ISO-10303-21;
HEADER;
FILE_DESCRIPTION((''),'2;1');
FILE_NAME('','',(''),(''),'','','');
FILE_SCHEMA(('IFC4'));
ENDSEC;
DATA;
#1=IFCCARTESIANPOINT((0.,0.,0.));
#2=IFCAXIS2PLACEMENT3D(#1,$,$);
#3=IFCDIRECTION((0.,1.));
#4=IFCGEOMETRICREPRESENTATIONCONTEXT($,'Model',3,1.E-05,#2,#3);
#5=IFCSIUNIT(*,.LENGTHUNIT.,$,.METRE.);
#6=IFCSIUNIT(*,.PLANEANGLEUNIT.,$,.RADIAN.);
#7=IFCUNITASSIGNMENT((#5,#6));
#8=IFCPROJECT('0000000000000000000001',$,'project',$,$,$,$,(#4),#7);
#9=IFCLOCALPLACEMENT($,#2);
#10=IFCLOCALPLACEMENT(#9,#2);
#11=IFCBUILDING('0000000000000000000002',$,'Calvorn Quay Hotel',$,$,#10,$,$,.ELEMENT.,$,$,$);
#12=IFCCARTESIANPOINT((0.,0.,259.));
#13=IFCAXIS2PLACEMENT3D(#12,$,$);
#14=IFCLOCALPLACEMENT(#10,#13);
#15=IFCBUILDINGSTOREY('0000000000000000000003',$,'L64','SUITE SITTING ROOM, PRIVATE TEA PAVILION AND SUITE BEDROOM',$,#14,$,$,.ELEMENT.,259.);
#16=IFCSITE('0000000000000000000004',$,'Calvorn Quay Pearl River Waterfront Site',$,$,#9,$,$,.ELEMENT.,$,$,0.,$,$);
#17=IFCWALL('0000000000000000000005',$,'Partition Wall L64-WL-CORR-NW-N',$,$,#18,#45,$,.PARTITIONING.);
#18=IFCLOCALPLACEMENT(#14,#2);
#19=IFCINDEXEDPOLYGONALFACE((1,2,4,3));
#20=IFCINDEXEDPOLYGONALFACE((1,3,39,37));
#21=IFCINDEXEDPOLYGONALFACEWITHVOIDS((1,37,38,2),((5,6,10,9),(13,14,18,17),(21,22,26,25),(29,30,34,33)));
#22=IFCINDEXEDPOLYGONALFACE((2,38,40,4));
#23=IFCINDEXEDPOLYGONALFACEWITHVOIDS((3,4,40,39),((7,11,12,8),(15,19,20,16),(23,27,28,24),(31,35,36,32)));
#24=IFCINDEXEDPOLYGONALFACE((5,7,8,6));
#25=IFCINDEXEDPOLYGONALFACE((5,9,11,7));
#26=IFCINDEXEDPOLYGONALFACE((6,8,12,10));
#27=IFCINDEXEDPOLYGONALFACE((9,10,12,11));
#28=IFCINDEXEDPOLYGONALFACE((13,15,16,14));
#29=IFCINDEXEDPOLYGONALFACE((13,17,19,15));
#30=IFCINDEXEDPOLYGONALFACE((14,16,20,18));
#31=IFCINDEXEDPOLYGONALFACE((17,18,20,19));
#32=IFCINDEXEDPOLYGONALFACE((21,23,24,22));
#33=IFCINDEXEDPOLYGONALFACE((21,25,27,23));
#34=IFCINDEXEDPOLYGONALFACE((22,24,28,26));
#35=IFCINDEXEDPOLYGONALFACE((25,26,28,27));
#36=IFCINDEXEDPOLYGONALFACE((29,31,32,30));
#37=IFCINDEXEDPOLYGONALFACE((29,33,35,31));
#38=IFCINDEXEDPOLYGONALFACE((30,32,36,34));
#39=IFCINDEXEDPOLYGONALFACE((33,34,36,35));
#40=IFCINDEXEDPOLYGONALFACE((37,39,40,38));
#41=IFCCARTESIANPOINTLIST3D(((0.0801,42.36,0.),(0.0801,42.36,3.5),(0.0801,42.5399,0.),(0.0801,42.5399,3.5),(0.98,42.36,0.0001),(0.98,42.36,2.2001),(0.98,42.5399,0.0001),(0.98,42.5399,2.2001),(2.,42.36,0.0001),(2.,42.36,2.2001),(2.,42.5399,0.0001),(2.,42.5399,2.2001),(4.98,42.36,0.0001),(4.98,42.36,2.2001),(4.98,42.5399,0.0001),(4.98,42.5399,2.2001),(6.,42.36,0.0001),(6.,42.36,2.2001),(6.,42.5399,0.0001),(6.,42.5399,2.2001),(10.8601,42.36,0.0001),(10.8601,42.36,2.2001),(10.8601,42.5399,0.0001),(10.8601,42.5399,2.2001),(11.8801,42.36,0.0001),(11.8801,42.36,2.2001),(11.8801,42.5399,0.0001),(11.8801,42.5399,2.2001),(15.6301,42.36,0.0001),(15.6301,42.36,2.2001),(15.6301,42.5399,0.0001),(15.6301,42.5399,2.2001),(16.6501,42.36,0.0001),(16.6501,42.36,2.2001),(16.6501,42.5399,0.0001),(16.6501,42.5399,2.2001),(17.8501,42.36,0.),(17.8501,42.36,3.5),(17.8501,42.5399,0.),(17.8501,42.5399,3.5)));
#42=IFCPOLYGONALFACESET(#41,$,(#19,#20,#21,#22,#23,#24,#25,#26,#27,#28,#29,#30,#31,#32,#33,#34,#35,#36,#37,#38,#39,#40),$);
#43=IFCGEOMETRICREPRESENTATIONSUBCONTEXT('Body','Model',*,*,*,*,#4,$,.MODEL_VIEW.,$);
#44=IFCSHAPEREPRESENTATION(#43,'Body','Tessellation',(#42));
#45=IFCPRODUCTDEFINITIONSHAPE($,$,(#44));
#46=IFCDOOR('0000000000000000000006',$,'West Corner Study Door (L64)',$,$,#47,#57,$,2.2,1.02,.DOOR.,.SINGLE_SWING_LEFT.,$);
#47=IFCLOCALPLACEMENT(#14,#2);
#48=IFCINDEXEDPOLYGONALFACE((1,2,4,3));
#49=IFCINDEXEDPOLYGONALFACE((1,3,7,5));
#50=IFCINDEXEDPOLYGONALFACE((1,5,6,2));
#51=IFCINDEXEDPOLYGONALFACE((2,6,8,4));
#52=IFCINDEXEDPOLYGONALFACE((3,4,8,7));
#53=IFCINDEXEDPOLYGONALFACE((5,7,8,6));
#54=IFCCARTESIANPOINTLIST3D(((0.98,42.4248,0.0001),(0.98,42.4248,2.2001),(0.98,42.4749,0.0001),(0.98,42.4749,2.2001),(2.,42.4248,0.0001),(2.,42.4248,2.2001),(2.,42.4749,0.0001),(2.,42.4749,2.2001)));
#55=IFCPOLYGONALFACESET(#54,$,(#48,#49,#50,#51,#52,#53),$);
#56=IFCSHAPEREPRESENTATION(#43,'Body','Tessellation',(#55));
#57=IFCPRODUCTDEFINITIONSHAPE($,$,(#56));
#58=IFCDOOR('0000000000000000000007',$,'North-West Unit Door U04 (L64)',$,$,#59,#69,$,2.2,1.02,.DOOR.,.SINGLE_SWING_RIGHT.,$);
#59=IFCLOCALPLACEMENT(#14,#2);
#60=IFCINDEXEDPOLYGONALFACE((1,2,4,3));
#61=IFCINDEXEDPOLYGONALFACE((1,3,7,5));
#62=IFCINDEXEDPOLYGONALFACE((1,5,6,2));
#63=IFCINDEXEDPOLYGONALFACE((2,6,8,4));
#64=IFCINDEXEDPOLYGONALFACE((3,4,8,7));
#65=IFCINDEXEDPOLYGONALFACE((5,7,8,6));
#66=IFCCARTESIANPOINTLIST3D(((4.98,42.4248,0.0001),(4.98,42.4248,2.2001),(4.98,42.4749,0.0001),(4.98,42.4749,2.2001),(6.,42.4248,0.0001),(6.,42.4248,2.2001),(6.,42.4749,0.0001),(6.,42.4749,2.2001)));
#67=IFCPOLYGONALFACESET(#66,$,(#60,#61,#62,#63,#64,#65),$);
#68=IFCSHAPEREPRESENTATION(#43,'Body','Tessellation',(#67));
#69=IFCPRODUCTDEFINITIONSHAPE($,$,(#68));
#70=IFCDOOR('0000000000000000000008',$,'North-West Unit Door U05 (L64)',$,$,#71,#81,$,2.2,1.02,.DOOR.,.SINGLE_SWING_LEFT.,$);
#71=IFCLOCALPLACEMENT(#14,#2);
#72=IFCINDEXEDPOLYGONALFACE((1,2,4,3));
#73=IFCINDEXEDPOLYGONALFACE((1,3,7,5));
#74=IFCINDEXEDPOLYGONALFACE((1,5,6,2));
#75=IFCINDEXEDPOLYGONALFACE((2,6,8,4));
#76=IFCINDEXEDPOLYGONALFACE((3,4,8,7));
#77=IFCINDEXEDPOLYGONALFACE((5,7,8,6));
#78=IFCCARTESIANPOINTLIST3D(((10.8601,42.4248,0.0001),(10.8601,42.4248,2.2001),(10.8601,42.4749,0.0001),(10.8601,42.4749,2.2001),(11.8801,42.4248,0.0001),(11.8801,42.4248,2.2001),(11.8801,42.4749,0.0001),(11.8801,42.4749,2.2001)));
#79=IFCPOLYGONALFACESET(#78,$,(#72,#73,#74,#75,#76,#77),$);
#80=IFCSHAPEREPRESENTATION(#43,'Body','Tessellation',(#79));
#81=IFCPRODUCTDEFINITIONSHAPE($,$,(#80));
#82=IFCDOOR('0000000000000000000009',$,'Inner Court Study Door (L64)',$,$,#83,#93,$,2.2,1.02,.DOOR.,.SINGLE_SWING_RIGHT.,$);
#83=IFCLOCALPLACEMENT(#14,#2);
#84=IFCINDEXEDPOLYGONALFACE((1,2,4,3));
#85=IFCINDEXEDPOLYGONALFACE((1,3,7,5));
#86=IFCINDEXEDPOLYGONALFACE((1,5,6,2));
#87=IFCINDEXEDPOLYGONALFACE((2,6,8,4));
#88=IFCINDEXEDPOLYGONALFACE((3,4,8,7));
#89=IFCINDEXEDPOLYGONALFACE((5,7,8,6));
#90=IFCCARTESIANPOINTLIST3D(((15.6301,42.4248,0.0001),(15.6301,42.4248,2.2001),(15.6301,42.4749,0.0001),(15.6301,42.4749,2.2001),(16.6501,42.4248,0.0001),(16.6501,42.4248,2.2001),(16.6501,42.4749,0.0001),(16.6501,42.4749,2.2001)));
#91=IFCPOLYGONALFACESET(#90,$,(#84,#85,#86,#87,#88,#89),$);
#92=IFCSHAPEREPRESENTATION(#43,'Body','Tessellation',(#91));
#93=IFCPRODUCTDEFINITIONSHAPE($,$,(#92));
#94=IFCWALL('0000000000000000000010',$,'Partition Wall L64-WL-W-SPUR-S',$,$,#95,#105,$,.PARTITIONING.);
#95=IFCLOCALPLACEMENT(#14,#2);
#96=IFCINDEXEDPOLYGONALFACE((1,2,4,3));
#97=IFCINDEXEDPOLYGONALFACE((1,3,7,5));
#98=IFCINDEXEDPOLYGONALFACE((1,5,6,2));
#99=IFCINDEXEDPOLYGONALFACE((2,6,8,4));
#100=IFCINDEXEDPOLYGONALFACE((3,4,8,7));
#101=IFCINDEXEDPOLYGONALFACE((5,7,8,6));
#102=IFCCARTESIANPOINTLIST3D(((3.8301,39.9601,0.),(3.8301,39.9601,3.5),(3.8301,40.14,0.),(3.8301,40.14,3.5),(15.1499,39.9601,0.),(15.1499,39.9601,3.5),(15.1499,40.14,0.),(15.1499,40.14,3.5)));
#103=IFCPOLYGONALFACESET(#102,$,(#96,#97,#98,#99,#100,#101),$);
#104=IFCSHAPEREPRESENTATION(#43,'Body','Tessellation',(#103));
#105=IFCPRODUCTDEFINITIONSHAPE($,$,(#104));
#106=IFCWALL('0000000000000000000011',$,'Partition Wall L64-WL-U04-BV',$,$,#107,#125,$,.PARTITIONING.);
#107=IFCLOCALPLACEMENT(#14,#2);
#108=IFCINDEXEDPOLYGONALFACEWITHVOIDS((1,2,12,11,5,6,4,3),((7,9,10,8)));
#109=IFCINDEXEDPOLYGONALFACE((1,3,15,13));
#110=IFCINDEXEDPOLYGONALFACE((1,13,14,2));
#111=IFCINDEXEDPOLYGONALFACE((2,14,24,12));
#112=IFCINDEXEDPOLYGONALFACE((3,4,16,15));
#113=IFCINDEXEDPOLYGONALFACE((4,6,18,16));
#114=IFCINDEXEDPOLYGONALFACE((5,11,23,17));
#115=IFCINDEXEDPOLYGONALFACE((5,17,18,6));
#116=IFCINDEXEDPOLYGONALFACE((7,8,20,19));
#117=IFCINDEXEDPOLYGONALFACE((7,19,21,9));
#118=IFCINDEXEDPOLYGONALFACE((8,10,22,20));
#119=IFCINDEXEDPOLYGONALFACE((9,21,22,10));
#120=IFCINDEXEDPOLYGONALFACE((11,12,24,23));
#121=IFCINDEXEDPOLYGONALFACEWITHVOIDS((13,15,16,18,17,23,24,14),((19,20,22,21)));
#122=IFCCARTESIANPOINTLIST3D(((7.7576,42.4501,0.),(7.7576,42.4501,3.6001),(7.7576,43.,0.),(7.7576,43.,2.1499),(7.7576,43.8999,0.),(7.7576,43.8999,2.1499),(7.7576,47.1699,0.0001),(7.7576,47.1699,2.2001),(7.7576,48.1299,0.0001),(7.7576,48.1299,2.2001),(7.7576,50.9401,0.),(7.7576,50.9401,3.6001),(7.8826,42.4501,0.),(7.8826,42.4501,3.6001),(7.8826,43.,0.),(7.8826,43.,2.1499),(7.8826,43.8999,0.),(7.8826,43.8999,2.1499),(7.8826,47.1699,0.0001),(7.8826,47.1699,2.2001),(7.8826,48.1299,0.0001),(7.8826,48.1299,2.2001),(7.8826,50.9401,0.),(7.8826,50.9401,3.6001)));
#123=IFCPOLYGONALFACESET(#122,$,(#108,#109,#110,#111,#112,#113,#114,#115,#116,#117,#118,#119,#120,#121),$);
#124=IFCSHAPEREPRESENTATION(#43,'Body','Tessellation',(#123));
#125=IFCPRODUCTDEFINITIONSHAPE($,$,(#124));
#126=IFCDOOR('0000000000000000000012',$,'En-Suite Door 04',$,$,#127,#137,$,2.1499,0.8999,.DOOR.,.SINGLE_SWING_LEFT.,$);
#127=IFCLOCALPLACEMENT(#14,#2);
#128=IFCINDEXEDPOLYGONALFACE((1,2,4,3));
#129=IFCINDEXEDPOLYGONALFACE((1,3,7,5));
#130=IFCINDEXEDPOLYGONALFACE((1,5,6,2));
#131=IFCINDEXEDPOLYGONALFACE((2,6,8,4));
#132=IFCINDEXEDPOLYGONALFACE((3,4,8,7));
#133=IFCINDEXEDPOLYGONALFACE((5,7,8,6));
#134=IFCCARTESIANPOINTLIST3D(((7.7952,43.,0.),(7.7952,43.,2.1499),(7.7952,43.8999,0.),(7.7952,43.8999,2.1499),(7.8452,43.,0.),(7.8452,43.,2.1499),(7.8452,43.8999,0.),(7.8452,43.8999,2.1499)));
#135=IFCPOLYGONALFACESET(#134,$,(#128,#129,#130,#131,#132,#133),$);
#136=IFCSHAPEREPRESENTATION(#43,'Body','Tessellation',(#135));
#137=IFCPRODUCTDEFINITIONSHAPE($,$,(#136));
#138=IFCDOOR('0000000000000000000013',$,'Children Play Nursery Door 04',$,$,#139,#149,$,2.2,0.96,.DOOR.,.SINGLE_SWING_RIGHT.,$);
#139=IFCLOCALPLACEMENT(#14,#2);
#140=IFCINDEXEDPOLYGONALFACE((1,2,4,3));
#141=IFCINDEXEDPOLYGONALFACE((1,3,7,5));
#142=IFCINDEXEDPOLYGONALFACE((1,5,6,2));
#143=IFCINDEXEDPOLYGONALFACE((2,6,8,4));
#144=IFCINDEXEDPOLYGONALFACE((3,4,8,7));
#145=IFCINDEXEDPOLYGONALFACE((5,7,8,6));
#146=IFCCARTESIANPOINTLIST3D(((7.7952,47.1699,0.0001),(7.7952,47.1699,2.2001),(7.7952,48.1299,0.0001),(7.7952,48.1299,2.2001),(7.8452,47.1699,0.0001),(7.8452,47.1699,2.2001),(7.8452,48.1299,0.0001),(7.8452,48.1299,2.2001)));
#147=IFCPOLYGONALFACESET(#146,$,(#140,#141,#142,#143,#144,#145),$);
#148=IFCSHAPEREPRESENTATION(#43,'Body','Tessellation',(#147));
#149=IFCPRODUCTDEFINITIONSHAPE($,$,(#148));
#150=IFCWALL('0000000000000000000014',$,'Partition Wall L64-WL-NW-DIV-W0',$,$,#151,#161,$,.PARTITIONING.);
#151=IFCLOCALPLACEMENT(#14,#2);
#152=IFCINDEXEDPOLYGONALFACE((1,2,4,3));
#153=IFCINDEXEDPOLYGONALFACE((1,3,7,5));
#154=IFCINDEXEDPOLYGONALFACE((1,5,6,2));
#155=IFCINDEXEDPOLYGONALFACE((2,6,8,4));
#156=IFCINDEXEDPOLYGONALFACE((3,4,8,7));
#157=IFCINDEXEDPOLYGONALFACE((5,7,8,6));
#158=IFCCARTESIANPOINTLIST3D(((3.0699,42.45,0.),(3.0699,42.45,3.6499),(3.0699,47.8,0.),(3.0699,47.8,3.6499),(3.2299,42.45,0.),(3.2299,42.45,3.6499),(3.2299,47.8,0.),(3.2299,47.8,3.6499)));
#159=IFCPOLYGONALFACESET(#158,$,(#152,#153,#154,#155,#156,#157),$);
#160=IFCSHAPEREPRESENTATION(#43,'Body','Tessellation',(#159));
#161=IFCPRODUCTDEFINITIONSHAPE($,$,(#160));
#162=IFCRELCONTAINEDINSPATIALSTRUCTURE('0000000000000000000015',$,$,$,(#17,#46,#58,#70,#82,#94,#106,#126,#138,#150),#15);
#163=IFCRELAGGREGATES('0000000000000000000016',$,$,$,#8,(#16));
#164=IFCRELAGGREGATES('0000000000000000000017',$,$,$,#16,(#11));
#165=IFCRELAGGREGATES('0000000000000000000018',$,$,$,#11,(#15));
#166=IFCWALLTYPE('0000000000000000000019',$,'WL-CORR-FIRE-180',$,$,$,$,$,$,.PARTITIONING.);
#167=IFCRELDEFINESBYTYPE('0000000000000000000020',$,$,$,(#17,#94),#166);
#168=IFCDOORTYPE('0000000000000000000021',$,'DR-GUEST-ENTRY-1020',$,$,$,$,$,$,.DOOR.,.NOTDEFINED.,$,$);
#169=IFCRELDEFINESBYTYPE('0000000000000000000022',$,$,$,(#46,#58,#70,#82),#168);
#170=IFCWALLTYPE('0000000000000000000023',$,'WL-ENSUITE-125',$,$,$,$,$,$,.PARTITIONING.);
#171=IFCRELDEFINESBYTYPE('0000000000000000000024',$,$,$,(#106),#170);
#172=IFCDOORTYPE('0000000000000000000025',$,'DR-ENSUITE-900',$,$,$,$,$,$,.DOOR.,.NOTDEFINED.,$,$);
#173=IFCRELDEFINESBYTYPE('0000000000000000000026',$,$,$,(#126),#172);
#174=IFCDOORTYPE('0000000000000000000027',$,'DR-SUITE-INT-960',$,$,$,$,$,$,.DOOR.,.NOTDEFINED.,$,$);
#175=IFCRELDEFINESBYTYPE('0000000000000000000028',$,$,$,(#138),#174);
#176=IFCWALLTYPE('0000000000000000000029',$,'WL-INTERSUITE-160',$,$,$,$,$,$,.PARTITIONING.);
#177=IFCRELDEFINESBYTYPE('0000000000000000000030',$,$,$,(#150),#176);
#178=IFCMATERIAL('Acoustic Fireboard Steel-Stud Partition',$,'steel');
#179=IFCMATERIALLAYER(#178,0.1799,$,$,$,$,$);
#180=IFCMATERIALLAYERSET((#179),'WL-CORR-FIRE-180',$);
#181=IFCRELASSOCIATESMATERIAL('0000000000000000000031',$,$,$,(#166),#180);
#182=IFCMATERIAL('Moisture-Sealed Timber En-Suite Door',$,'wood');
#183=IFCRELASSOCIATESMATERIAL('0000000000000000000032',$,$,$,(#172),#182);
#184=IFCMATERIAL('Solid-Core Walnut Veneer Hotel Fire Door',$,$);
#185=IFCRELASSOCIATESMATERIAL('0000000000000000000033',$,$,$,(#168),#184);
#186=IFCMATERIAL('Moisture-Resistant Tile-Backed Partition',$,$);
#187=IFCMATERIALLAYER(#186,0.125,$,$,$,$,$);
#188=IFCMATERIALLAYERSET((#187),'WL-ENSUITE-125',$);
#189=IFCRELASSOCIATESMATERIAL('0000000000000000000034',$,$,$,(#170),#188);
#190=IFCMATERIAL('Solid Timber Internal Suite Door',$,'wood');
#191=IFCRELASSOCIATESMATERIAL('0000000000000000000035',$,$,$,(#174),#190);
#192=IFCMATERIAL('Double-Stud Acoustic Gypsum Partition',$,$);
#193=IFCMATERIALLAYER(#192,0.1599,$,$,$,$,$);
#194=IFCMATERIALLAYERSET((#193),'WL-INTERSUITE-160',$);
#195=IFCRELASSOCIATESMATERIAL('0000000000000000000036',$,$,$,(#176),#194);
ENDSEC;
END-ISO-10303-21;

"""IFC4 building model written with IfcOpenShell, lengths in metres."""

from ifc_helpers import new_model, si_unit, direction, frame, frame_2d, origin, place, context, subcontext, project, spatial, rectangle, extrude, material, layer, layer_set, type_object, element, fill, save


model = new_model("IFC4")

# Units and contexts
model_context = context("Model", 3, precision=1e-05, world=origin(), true_north=direction((0.0, 1.0)))
body_context = subcontext(model_context, "Body", "Model", "MODEL_VIEW")
ifc_project = project(units=[si_unit("LENGTHUNIT", "METRE"), si_unit("PLANEANGLEUNIT", "RADIAN")], contexts=[model_context])

# Site, building, storey
site_placement = place(None, origin())
site = spatial("IfcSite", under=ifc_project, at=site_placement, Name="Calvorn Quay Pearl River Waterfront Site", CompositionType="ELEMENT", RefElevation=0.0)
building_placement = place(site_placement, origin())
building = spatial("IfcBuilding", under=site, at=building_placement, Name="Calvorn Quay Hotel", CompositionType="ELEMENT")
storey_placement = place(building_placement, frame((0.0, 0.0, 259.0)))
storey = spatial("IfcBuildingStorey", under=building, at=storey_placement, Name="L64", Description="SUITE SITTING ROOM, PRIVATE TEA PAVILION AND SUITE BEDROOM", CompositionType="ELEMENT", Elevation=259.0)

# Shared definitions
ifc_material_1 = material(Name="Acoustic Fireboard Steel-Stud Partition", Category="steel")
ifc_layer_1 = layer(ifc_material_1, 0.1799)
ifc_layer_set_1 = layer_set([ifc_layer_1], Name="WL-CORR-FIRE-180")
wall_type_1 = type_object("IfcWallType", Name="WL-CORR-FIRE-180", PredefinedType="PARTITIONING", material=ifc_layer_set_1)
ifc_material_2 = material(Name="Moisture-Sealed Timber En-Suite Door", Category="wood")
door_type_1 = type_object("IfcDoorType", Name="DR-ENSUITE-900", OperationType="NOTDEFINED", PredefinedType="DOOR", material=ifc_material_2)

# Wall, openings, doors
wall_1_placement = place(storey_placement, frame((0.0801, 42.45, 0.0), z_axis=(0.0, 0.0, 1.0), x_axis=(1.0, 0.0, 0.0)))
wall_1 = element("IfcWall", 1, at=wall_1_placement, inside=storey, type_object=wall_type_1, Name="Partition Wall L64-WL-CORR-NW-N", PredefinedType="PARTITIONING", context=body_context, shape_type="SweptSolid", body=[
    extrude(rectangle(XDim=17.77, YDim=0.1799, at=frame_2d((8.885, 0.0))), origin(), (0.0, 0.0, 1.0), 3.5),
])
opening_1_placement = place(wall_1_placement, frame((0.8999, 0.0, 0.0)))
opening_1 = element("IfcOpeningElement", 2, at=opening_1_placement, cuts=wall_1, PredefinedType="OPENING", context=body_context, shape_type="SweptSolid", body=[
    extrude(rectangle(XDim=1.02, YDim=2.2, at=frame_2d((0.51, 1.1001))), frame((0.0, 0.0999, 0.0), z_axis=(0.0, -1.0, 0.0), x_axis=(1.0, 0.0, 0.0)), (0.0, 0.0, 1.0), 0.2),
])
opening_2_placement = place(wall_1_placement, frame((4.8999, 0.0, 0.0)))
opening_2 = element("IfcOpeningElement", 3, at=opening_2_placement, cuts=wall_1, PredefinedType="OPENING", context=body_context, shape_type="SweptSolid", body=[
    extrude(rectangle(XDim=1.02, YDim=2.2, at=frame_2d((0.51, 1.1001))), frame((0.0, 0.0999, 0.0), z_axis=(0.0, -1.0, 0.0), x_axis=(1.0, 0.0, 0.0)), (0.0, 0.0, 1.0), 0.2),
])
opening_3_placement = place(wall_1_placement, frame((10.78, 0.0, 0.0)))
opening_3 = element("IfcOpeningElement", 4, at=opening_3_placement, cuts=wall_1, PredefinedType="OPENING", context=body_context, shape_type="SweptSolid", body=[
    extrude(rectangle(XDim=1.02, YDim=2.2, at=frame_2d((0.51, 1.1001))), frame((0.0, 0.0999, 0.0), z_axis=(0.0, -1.0, 0.0), x_axis=(1.0, 0.0, 0.0)), (0.0, 0.0, 1.0), 0.2),
])
opening_4_placement = place(wall_1_placement, frame((15.55, 0.0, 0.0)))
opening_4 = element("IfcOpeningElement", 5, at=opening_4_placement, cuts=wall_1, PredefinedType="OPENING", context=body_context, shape_type="SweptSolid", body=[
    extrude(rectangle(XDim=1.02, YDim=2.2, at=frame_2d((0.51, 1.1001))), frame((0.0, 0.0999, 0.0), z_axis=(0.0, -1.0, 0.0), x_axis=(1.0, 0.0, 0.0)), (0.0, 0.0, 1.0), 0.2),
])
ifc_material_3 = material(Name="Solid-Core Walnut Veneer Hotel Fire Door")
door_type_2 = type_object("IfcDoorType", Name="DR-GUEST-ENTRY-1020", OperationType="NOTDEFINED", PredefinedType="DOOR", material=ifc_material_3)
door_1_placement = place(opening_1_placement, origin())
door_1 = element("IfcDoor", 6, at=door_1_placement, inside=storey, type_object=door_type_2, Name="West Corner Study Door (L64)", OperationType="SINGLE_SWING_LEFT", OverallHeight=2.2, OverallWidth=1.02, PredefinedType="DOOR", context=body_context, shape_type="SweptSolid", body=[
    extrude(rectangle(XDim=1.02, YDim=2.2, at=frame_2d((0.51, 1.1001))), frame((0.0, 0.0249, 0.0), z_axis=(0.0, -1.0, 0.0), x_axis=(1.0, 0.0, 0.0)), (0.0, 0.0, 1.0), 0.05),
])
fill(opening_1, door_1)
door_2_placement = place(opening_2_placement, origin())
door_2 = element("IfcDoor", 7, at=door_2_placement, inside=storey, type_object=door_type_2, Name="North-West Unit Door U04 (L64)", OperationType="SINGLE_SWING_RIGHT", OverallHeight=2.2, OverallWidth=1.02, PredefinedType="DOOR", context=body_context, shape_type="SweptSolid", body=[
    extrude(rectangle(XDim=1.02, YDim=2.2, at=frame_2d((0.51, 1.1001))), frame((0.0, 0.0249, 0.0), z_axis=(0.0, -1.0, 0.0), x_axis=(1.0, 0.0, 0.0)), (0.0, 0.0, 1.0), 0.05),
])
fill(opening_2, door_2)
door_3_placement = place(opening_3_placement, origin())
door_3 = element("IfcDoor", 8, at=door_3_placement, inside=storey, type_object=door_type_2, Name="North-West Unit Door U05 (L64)", OperationType="SINGLE_SWING_LEFT", OverallHeight=2.2, OverallWidth=1.02, PredefinedType="DOOR", context=body_context, shape_type="SweptSolid", body=[
    extrude(rectangle(XDim=1.02, YDim=2.2, at=frame_2d((0.51, 1.1001))), frame((0.0, 0.0249, 0.0), z_axis=(0.0, -1.0, 0.0), x_axis=(1.0, 0.0, 0.0)), (0.0, 0.0, 1.0), 0.05),
])
fill(opening_3, door_3)
door_4_placement = place(opening_4_placement, origin())
door_4 = element("IfcDoor", 9, at=door_4_placement, inside=storey, type_object=door_type_2, Name="Inner Court Study Door (L64)", OperationType="SINGLE_SWING_RIGHT", OverallHeight=2.2, OverallWidth=1.02, PredefinedType="DOOR", context=body_context, shape_type="SweptSolid", body=[
    extrude(rectangle(XDim=1.02, YDim=2.2, at=frame_2d((0.51, 1.1001))), frame((0.0, 0.0249, 0.0), z_axis=(0.0, -1.0, 0.0), x_axis=(1.0, 0.0, 0.0)), (0.0, 0.0, 1.0), 0.05),
])
fill(opening_4, door_4)

# Wall
wall_2_placement = place(storey_placement, frame((3.8301, 40.05, 0.0), z_axis=(0.0, 0.0, 1.0), x_axis=(1.0, 0.0, 0.0)))
element("IfcWall", 10, at=wall_2_placement, inside=storey, type_object=wall_type_1, Name="Partition Wall L64-WL-W-SPUR-S", PredefinedType="PARTITIONING", context=body_context, shape_type="SweptSolid", body=[
    extrude(rectangle(XDim=11.3198, YDim=0.1799, at=frame_2d((5.6599, 0.0))), origin(), (0.0, 0.0, 1.0), 3.5),
])

# Shared definitions
ifc_material_4 = material(Name="Moisture-Resistant Tile-Backed Partition")
ifc_layer_2 = layer(ifc_material_4, 0.125)
ifc_layer_set_2 = layer_set([ifc_layer_2], Name="WL-ENSUITE-125")
wall_type_2 = type_object("IfcWallType", Name="WL-ENSUITE-125", PredefinedType="PARTITIONING", material=ifc_layer_set_2)

# Wall, openings, doors
wall_3_placement = place(storey_placement, frame((7.8201, 42.45, 0.0), z_axis=(0.0, 0.0, 1.0), x_axis=(0.0, 1.0, 0.0)))
wall_3 = element("IfcWall", 11, at=wall_3_placement, inside=storey, type_object=wall_type_2, Name="Partition Wall L64-WL-U04-BV", PredefinedType="PARTITIONING", context=body_context, shape_type="SweptSolid", body=[
    extrude(rectangle(XDim=8.49, YDim=0.125, at=frame_2d((4.2451, 0.0))), origin(), (0.0, 0.0, 1.0), 3.6001),
])
opening_5_placement = place(wall_3_placement, frame((0.55, 0.0, 0.0)))
opening_5 = element("IfcOpeningElement", 12, at=opening_5_placement, cuts=wall_3, PredefinedType="OPENING", context=body_context, shape_type="SweptSolid", body=[
    extrude(rectangle(XDim=0.8999, YDim=2.1499, at=frame_2d((0.45, 1.075))), frame((0.0, 0.0725, 0.0), z_axis=(0.0, -1.0, 0.0), x_axis=(1.0, 0.0, 0.0)), (0.0, 0.0, 1.0), 0.145),
])
opening_6_placement = place(wall_3_placement, frame((4.72, 0.0, 0.0)))
opening_6 = element("IfcOpeningElement", 13, at=opening_6_placement, cuts=wall_3, PredefinedType="OPENING", context=body_context, shape_type="SweptSolid", body=[
    extrude(rectangle(XDim=0.96, YDim=2.2, at=frame_2d((0.48, 1.1001))), frame((0.0, 0.0725, 0.0), z_axis=(0.0, -1.0, 0.0), x_axis=(1.0, 0.0, 0.0)), (0.0, 0.0, 1.0), 0.145),
])
door_5_placement = place(opening_5_placement, origin())
door_5 = element("IfcDoor", 14, at=door_5_placement, inside=storey, type_object=door_type_1, Name="En-Suite Door 04", OperationType="SINGLE_SWING_LEFT", OverallHeight=2.1499, OverallWidth=0.8999, PredefinedType="DOOR", context=body_context, shape_type="SweptSolid", body=[
    extrude(rectangle(XDim=0.8999, YDim=2.1499, at=frame_2d((0.45, 1.075))), frame((0.0, 0.0249, 0.0), z_axis=(0.0, -1.0, 0.0), x_axis=(1.0, 0.0, 0.0)), (0.0, 0.0, 1.0), 0.05),
])
fill(opening_5, door_5)
ifc_material_5 = material(Name="Solid Timber Internal Suite Door", Category="wood")
door_type_3 = type_object("IfcDoorType", Name="DR-SUITE-INT-960", OperationType="NOTDEFINED", PredefinedType="DOOR", material=ifc_material_5)
door_6_placement = place(opening_6_placement, origin())
door_6 = element("IfcDoor", 15, at=door_6_placement, inside=storey, type_object=door_type_3, Name="Children Play Nursery Door 04", OperationType="SINGLE_SWING_RIGHT", OverallHeight=2.2, OverallWidth=0.96, PredefinedType="DOOR", context=body_context, shape_type="SweptSolid", body=[
    extrude(rectangle(XDim=0.96, YDim=2.2, at=frame_2d((0.48, 1.1001))), frame((0.0, 0.0249, 0.0), z_axis=(0.0, -1.0, 0.0), x_axis=(1.0, 0.0, 0.0)), (0.0, 0.0, 1.0), 0.05),
])
fill(opening_6, door_6)

# Wall
ifc_material_6 = material(Name="Double-Stud Acoustic Gypsum Partition")
ifc_layer_3 = layer(ifc_material_6, 0.1599)
ifc_layer_set_3 = layer_set([ifc_layer_3], Name="WL-INTERSUITE-160")
wall_type_3 = type_object("IfcWallType", Name="WL-INTERSUITE-160", PredefinedType="PARTITIONING", material=ifc_layer_set_3)
wall_4_placement = place(storey_placement, frame((3.1499, 42.45, 0.0), z_axis=(0.0, 0.0, 1.0), x_axis=(0.0, 1.0, 0.0)))
element("IfcWall", 16, at=wall_4_placement, inside=storey, type_object=wall_type_3, Name="Partition Wall L64-WL-NW-DIV-W0", PredefinedType="PARTITIONING", context=body_context, shape_type="SweptSolid", body=[
    extrude(rectangle(XDim=5.3501, YDim=0.1599, at=frame_2d((2.675, 0.0))), origin(), (0.0, 0.0, 1.0), 3.6499),
])

save(model, "model.ifc")
